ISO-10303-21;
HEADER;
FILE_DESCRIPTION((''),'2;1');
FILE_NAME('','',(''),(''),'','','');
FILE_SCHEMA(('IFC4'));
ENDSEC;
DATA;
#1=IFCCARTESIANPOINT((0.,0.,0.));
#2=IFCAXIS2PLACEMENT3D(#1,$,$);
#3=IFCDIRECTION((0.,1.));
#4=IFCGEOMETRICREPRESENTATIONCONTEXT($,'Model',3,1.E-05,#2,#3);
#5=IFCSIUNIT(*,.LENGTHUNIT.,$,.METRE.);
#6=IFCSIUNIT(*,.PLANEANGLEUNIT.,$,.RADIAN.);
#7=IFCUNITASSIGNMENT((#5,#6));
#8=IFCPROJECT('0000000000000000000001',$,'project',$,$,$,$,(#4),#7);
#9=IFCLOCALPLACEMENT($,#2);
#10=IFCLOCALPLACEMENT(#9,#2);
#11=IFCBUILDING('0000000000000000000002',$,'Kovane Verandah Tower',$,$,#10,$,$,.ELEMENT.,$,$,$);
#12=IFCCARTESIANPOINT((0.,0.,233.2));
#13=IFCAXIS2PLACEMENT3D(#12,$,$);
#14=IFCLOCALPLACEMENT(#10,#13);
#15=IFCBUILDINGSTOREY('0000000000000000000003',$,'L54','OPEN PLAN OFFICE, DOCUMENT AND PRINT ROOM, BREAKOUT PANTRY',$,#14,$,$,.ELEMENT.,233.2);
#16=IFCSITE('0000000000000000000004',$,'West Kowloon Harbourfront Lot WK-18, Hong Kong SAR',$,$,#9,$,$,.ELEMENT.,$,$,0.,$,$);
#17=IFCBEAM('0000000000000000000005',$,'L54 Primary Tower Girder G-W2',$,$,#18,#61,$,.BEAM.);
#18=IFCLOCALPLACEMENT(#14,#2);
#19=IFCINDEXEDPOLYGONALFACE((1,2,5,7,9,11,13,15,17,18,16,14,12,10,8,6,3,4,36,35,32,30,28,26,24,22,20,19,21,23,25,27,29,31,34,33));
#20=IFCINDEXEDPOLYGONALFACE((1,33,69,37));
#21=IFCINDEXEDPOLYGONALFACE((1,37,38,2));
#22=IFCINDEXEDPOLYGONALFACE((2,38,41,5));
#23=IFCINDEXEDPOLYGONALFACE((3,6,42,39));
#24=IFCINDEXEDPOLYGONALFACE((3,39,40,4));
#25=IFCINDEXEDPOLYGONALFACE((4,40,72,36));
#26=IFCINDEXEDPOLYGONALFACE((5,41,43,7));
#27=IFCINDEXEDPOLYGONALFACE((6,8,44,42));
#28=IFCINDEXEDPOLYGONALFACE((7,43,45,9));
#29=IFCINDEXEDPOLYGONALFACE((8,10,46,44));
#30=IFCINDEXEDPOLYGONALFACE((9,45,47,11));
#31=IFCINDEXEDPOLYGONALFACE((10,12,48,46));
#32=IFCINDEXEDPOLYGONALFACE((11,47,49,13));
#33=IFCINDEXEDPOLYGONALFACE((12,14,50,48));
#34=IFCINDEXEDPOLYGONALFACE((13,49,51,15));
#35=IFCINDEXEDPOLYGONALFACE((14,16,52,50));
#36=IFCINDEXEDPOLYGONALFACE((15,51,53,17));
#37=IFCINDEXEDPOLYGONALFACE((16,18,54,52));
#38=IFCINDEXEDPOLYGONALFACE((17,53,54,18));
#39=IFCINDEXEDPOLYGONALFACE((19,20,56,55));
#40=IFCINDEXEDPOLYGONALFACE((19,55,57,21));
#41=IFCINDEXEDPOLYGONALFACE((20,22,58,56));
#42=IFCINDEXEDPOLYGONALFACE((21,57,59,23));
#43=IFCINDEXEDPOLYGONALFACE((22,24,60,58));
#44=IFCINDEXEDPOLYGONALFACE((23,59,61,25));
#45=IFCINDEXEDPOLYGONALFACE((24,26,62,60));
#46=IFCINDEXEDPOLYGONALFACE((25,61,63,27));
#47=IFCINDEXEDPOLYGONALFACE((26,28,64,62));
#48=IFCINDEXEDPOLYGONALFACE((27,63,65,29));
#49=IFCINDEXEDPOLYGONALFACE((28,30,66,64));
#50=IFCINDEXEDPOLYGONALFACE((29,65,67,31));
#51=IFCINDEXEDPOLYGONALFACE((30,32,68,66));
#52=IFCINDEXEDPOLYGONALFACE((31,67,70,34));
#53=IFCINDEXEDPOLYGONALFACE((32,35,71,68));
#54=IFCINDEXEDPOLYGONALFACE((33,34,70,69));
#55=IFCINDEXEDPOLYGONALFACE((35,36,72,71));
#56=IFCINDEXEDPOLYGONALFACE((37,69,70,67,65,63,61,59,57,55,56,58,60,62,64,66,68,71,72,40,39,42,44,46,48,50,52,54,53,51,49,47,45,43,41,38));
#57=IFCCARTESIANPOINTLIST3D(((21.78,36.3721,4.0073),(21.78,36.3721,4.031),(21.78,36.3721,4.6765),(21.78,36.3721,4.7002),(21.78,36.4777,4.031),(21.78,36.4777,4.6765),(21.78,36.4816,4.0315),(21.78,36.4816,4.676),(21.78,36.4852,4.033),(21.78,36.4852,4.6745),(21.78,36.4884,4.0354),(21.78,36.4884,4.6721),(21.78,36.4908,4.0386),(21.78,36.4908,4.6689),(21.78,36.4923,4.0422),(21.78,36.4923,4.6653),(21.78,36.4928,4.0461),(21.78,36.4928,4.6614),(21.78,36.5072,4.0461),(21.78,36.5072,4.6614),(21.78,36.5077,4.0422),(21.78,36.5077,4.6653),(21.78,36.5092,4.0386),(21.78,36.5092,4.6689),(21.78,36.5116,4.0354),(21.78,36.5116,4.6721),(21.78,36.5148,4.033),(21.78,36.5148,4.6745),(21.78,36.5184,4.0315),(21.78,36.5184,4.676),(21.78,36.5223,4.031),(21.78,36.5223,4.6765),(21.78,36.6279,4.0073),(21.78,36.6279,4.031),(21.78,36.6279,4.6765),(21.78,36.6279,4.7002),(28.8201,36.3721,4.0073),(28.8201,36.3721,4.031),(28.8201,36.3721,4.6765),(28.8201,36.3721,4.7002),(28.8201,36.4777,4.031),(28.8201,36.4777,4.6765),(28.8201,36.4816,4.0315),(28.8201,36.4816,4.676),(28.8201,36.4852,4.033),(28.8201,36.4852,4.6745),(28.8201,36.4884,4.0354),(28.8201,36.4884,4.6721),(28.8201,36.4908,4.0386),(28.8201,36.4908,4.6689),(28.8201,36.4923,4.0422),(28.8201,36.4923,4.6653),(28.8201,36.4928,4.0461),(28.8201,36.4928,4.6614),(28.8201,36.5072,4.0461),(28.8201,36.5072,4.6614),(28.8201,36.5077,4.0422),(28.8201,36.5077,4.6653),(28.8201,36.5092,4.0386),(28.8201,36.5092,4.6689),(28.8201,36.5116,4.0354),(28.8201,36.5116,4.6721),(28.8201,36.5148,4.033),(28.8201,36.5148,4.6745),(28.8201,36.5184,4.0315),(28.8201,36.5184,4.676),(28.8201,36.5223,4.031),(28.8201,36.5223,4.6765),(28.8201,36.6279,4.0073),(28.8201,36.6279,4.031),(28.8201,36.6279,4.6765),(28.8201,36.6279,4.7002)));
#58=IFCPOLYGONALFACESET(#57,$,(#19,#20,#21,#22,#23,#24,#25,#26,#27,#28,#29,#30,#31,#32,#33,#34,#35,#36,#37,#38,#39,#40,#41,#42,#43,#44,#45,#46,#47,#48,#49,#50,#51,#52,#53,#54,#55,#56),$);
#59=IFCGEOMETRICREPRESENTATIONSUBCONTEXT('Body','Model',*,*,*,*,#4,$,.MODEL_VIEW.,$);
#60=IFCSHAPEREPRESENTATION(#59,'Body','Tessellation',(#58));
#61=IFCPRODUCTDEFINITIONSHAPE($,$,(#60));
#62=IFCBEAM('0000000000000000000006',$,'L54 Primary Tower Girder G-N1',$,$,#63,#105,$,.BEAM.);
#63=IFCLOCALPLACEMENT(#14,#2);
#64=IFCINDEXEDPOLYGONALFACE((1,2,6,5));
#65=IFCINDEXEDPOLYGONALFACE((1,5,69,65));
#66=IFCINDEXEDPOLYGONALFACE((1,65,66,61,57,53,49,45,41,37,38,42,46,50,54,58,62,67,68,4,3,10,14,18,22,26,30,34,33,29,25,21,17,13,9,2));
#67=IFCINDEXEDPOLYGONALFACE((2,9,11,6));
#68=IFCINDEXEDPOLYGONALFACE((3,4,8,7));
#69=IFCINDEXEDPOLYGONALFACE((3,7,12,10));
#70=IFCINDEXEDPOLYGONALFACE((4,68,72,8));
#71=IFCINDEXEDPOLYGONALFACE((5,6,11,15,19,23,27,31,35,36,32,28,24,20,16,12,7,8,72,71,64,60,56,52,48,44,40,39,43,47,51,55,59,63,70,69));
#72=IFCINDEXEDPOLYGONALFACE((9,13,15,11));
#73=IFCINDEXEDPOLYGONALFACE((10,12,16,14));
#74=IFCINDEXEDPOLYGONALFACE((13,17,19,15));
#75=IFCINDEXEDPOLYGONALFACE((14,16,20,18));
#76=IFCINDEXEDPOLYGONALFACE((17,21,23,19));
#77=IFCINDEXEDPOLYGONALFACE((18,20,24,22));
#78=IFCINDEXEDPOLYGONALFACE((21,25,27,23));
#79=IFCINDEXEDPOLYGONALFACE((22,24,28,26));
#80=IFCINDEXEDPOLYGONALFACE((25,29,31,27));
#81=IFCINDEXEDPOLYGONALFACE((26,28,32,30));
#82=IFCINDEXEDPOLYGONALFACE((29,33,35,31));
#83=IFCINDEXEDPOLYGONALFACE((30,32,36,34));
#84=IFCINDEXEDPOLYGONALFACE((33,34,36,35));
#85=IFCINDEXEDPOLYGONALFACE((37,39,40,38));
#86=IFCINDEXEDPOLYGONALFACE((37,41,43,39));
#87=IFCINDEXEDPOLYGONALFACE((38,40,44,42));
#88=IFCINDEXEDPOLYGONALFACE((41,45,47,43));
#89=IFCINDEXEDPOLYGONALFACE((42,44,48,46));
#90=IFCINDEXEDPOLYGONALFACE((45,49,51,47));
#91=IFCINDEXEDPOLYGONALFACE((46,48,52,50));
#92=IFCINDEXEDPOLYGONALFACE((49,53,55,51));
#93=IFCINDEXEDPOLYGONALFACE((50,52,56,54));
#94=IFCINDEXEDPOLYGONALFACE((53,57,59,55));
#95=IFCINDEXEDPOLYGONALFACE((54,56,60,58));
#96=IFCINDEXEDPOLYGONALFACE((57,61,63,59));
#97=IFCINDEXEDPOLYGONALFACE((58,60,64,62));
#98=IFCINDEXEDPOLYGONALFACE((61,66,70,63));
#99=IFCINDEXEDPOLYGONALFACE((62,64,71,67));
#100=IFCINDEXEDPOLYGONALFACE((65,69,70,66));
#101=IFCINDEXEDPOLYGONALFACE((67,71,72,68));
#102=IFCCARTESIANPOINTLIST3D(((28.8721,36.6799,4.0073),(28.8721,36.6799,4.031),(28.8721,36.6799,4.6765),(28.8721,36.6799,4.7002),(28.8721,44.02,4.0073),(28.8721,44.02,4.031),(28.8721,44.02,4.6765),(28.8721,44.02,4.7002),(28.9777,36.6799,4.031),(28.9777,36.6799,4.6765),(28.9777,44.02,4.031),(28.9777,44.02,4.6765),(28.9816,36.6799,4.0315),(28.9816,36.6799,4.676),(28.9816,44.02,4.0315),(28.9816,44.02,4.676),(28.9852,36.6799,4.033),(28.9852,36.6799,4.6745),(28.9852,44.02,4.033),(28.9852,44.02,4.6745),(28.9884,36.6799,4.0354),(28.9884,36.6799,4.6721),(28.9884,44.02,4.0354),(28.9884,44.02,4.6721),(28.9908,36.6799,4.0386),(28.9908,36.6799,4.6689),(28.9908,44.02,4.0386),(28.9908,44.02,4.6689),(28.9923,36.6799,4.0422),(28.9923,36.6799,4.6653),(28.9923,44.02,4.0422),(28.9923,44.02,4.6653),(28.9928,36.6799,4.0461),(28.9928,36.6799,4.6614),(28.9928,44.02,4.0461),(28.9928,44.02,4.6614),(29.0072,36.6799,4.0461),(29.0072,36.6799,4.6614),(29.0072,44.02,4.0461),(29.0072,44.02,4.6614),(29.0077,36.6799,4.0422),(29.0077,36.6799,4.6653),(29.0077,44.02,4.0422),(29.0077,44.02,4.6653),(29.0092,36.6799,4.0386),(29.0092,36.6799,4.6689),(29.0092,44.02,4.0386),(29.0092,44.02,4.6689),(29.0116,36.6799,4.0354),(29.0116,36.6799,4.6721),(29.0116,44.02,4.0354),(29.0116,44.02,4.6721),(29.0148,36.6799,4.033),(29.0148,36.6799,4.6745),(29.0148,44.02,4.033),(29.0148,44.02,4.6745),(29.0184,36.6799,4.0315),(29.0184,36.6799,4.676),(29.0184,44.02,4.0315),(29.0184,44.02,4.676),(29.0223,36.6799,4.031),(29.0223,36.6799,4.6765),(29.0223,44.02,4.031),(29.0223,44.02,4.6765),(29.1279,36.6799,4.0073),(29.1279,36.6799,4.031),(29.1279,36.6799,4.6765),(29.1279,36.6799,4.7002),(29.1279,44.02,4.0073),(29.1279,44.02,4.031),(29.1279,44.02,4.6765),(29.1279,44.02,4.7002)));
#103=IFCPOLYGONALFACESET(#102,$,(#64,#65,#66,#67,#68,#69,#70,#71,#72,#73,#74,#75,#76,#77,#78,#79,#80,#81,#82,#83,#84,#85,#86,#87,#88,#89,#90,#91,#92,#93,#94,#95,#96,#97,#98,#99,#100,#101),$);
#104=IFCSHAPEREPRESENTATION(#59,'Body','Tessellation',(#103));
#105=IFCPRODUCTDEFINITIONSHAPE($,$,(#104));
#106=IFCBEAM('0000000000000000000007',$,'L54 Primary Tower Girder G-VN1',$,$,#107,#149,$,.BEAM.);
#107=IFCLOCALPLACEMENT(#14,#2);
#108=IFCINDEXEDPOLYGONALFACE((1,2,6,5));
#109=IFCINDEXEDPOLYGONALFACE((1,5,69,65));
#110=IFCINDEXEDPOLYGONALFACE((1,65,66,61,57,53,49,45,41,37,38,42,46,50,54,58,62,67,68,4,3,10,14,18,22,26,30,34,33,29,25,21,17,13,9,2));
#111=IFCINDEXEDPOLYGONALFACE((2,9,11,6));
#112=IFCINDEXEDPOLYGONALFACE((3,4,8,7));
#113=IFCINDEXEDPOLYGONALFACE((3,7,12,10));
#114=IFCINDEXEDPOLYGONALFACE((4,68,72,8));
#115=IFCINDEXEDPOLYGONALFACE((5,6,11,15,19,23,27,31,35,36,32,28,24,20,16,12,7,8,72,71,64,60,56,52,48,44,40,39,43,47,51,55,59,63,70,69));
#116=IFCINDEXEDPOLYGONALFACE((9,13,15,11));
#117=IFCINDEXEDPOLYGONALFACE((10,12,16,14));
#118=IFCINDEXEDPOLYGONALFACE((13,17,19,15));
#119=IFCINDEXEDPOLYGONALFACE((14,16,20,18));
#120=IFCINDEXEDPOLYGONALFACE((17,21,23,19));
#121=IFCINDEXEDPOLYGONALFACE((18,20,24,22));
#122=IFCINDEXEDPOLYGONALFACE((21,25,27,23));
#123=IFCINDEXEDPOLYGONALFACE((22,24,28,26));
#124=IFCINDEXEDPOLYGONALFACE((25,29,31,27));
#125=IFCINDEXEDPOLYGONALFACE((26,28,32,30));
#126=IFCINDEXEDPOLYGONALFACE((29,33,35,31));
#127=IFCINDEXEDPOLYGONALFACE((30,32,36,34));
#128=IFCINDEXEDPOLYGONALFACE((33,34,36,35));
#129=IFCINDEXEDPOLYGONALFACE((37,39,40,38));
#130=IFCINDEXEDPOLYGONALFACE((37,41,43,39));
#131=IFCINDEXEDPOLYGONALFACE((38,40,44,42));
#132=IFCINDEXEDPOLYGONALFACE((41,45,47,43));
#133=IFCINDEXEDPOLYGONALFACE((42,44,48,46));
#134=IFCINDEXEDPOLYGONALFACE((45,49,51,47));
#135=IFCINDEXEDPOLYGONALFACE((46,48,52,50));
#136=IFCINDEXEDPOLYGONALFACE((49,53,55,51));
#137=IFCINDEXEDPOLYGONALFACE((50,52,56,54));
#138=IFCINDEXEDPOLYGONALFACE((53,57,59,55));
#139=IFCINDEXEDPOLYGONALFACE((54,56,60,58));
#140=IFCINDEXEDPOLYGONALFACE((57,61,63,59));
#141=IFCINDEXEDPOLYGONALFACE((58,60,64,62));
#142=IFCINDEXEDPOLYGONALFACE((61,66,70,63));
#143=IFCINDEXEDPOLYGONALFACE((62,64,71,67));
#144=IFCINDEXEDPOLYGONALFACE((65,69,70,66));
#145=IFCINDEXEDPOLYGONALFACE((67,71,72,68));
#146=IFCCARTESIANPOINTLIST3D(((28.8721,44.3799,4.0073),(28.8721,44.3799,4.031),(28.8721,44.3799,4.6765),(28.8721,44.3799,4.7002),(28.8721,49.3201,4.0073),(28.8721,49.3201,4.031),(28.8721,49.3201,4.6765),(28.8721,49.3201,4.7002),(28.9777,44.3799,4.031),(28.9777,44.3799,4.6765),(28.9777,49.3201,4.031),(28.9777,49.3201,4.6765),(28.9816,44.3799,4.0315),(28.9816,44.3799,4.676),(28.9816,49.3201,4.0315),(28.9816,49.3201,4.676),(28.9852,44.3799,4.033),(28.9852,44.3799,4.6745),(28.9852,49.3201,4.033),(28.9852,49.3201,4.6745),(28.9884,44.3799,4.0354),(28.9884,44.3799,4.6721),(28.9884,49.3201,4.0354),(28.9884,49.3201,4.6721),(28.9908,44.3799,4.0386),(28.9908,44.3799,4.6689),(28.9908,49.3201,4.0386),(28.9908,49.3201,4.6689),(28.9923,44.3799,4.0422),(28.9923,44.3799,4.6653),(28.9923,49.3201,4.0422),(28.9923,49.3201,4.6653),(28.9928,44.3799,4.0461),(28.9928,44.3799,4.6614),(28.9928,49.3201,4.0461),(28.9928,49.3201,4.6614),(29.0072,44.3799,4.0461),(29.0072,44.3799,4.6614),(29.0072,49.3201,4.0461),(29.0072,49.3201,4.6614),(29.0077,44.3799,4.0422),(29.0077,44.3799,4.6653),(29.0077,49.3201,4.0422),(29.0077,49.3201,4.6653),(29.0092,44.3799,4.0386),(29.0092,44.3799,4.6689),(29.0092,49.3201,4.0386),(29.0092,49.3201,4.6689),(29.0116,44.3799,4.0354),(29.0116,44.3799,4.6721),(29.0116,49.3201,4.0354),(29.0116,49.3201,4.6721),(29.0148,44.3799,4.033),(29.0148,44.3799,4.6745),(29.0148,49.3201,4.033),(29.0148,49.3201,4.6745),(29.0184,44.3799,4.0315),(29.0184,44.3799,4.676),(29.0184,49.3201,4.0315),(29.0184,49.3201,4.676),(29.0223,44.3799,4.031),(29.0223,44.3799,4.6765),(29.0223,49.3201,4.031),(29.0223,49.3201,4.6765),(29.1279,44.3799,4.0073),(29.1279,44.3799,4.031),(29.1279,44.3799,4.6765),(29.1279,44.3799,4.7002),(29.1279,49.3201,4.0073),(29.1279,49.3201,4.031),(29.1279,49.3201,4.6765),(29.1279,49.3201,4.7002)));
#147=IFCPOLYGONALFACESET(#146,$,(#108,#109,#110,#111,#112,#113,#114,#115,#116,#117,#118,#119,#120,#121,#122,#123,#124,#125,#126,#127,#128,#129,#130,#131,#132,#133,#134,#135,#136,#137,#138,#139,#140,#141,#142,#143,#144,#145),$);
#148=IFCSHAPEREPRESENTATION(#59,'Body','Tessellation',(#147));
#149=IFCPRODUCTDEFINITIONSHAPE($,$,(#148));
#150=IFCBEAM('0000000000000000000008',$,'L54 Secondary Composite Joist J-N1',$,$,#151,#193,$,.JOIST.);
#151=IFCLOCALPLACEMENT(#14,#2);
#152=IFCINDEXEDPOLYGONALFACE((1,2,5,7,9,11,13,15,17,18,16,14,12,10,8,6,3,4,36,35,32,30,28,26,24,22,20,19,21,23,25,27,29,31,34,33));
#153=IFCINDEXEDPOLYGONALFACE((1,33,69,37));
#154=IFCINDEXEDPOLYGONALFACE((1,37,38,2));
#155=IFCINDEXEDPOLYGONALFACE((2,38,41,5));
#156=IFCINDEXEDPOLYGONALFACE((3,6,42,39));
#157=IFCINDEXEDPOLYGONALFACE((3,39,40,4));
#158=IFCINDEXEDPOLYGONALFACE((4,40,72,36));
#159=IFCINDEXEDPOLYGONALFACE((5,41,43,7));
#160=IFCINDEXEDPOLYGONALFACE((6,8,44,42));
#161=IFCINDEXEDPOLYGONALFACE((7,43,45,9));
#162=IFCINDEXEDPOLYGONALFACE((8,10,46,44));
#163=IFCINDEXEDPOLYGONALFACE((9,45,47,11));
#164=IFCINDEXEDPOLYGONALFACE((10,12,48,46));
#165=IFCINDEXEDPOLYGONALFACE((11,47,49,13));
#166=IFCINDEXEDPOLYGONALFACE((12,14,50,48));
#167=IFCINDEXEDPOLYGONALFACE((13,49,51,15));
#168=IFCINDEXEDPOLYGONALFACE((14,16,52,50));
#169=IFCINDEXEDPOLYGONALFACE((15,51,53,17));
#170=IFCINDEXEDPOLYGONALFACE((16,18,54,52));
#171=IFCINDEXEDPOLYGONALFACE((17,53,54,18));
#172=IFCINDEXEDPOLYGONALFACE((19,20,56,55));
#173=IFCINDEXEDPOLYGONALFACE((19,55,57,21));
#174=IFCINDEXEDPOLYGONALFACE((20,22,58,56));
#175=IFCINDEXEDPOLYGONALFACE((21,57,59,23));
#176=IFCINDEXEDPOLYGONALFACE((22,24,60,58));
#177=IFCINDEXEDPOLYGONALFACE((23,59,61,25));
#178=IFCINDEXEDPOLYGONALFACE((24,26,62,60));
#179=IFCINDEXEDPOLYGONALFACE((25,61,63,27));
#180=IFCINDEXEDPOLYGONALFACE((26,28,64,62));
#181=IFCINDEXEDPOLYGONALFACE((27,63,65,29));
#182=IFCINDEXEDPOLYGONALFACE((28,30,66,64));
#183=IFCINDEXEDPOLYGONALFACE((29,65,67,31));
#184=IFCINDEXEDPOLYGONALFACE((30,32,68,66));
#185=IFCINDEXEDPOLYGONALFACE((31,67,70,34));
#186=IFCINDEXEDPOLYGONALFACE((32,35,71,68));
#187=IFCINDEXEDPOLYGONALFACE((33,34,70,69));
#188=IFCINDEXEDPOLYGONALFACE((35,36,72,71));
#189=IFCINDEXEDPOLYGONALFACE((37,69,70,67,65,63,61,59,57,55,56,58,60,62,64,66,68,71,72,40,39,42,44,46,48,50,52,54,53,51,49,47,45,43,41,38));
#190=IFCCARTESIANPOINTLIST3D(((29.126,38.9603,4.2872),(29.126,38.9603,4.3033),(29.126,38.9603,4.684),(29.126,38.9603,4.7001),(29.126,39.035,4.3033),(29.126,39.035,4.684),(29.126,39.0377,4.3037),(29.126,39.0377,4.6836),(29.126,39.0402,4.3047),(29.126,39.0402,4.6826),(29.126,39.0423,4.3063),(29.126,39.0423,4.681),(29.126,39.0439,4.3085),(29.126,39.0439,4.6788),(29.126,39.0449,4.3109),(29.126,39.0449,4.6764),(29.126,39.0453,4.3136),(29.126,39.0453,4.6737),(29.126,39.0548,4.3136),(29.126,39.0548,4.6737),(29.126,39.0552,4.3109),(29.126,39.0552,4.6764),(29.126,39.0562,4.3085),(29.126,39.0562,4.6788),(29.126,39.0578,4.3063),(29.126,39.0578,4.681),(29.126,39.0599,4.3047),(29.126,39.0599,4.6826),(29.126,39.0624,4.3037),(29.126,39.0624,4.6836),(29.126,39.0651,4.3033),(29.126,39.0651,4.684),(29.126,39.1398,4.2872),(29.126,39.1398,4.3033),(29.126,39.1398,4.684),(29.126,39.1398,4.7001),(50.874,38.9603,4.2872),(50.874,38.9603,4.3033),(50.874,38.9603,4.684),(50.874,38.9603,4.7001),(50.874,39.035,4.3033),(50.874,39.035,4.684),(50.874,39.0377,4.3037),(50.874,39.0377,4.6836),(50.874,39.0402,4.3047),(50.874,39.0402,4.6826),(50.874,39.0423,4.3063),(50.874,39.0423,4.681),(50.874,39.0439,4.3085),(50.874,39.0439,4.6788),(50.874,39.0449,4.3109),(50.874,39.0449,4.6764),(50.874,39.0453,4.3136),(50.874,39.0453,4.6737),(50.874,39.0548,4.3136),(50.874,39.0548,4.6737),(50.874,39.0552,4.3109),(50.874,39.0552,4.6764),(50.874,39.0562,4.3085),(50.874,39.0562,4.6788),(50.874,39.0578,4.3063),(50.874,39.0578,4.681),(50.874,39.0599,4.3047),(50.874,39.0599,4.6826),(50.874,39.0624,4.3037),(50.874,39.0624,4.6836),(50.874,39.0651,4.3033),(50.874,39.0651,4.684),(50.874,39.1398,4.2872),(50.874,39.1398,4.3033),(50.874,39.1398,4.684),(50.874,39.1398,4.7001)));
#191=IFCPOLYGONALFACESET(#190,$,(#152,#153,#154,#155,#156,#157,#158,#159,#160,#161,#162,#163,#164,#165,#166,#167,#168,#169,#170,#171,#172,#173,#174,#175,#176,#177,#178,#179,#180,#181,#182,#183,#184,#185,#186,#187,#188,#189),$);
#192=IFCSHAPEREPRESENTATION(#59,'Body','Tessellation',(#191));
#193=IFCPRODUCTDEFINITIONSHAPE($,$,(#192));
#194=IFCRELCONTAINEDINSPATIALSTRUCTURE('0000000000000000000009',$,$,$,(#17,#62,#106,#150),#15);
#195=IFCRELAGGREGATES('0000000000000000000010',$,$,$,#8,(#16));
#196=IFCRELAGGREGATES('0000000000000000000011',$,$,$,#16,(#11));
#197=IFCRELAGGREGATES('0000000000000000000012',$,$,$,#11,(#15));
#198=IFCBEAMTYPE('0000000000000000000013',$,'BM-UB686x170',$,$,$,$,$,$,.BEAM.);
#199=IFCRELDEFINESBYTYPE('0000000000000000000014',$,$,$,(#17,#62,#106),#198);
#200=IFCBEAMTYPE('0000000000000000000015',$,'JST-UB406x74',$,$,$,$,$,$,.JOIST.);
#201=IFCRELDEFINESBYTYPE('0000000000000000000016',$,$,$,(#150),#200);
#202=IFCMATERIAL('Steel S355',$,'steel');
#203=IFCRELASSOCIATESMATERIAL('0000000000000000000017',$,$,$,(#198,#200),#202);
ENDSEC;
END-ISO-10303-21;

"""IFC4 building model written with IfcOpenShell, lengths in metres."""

from ifc_helpers import new_model, si_unit, direction, frame, origin, origin_2d, place, context, subcontext, project, spatial, i_section, extrude, material, material_profile, profile_set, type_object, element, save


model = new_model("IFC4")

# Units and contexts
model_context = context("Model", 3, precision=1e-05, world=origin(), true_north=direction((0.0, 1.0)))
body_context = subcontext(model_context, "Body", "Model", "MODEL_VIEW")
ifc_project = project(units=[si_unit("LENGTHUNIT", "METRE"), si_unit("PLANEANGLEUNIT", "RADIAN")], contexts=[model_context])

# Site, building, storey
site_placement = place(None, origin())
site = spatial("IfcSite", under=ifc_project, at=site_placement, Name="West Kowloon Harbourfront Lot WK-18, Hong Kong SAR", CompositionType="ELEMENT", RefElevation=0.0)
building_placement = place(site_placement, origin())
building = spatial("IfcBuilding", under=site, at=building_placement, Name="Kovane Verandah Tower", CompositionType="ELEMENT")
storey_placement = place(building_placement, frame((0.0, 0.0, 233.2)))
storey = spatial("IfcBuildingStorey", under=building, at=storey_placement, Name="L54", Description="OPEN PLAN OFFICE, DOCUMENT AND PRINT ROOM, BREAKOUT PANTRY", CompositionType="ELEMENT", Elevation=233.2)

# Beams
ifc_material_1 = material(Name="Steel S355", Category="steel")
ifc_material_profile_1 = material_profile(ifc_material_1, i_section(OverallWidth=0.2559, OverallDepth=0.6929, WebThickness=0.0144, FlangeThickness=0.0237, FilletRadius=0.0151, at=origin_2d()), Name="UB686x254x170")
ifc_profile_set_1 = profile_set([ifc_material_profile_1], Name="Steel S355")
beam_type_1 = type_object("IfcBeamType", Name="BM-UB686x170", PredefinedType="BEAM", material=ifc_profile_set_1)
for number, where, z_axis, x_axis, name in (
    (1, (28.8201, 36.5, 4.3538), (-1.0, 0.0, 0.0), (0.0, -1.0, 0.0), "L54 Primary Tower Girder G-W2"),
):
    element("IfcBeam", number, at=place(storey_placement, frame(where, z_axis=z_axis, x_axis=x_axis)), inside=storey, type_object=beam_type_1, Name=name, PredefinedType="BEAM", context=body_context, shape_type="SweptSolid", body=[
        extrude(i_section(OverallWidth=0.2559, OverallDepth=0.6929, WebThickness=0.0144, FlangeThickness=0.0237, FilletRadius=0.0151, at=origin_2d()), origin(), (0.0, 0.0, 1.0), 7.04),
    ])
beam_1_placement = place(storey_placement, frame((29.0, 36.6799, 4.3538), z_axis=(0.0, 1.0, 0.0), x_axis=(-1.0, 0.0, 0.0)))
element("IfcBeam", 2, at=beam_1_placement, inside=storey, type_object=beam_type_1, Name="L54 Primary Tower Girder G-N1", PredefinedType="BEAM", context=body_context, shape_type="SweptSolid", body=[
    extrude(i_section(OverallWidth=0.2559, OverallDepth=0.6929, WebThickness=0.0144, FlangeThickness=0.0237, FilletRadius=0.0151, at=origin_2d()), origin(), (0.0, 0.0, 1.0), 7.3401),
])
beam_2_placement = place(storey_placement, frame((29.0, 44.3799, 4.3538), z_axis=(0.0, 1.0, 0.0), x_axis=(-1.0, 0.0, 0.0)))
element("IfcBeam", 3, at=beam_2_placement, inside=storey, type_object=beam_type_1, Name="L54 Primary Tower Girder G-VN1", PredefinedType="BEAM", context=body_context, shape_type="SweptSolid", body=[
    extrude(i_section(OverallWidth=0.2559, OverallDepth=0.6929, WebThickness=0.0144, FlangeThickness=0.0237, FilletRadius=0.0151, at=origin_2d()), origin(), (0.0, 0.0, 1.0), 4.9402),
])
ifc_material_profile_2 = material_profile(ifc_material_1, i_section(OverallWidth=0.1794, OverallDepth=0.4128, WebThickness=0.0095, FlangeThickness=0.0161, FilletRadius=0.0103, at=origin_2d()), Name="UB406x178x74")
ifc_profile_set_2 = profile_set([ifc_material_profile_2], Name="Steel S355")
beam_type_2 = type_object("IfcBeamType", Name="JST-UB406x74", PredefinedType="JOIST", material=ifc_profile_set_2)
for number, where, z_axis, x_axis, name in (
    (4, (29.126, 39.05, 4.4937), (1.0, 0.0, 0.0), (0.0, 1.0, 0.0), "L54 Secondary Composite Joist J-N1"),
):
    element("IfcBeam", number, at=place(storey_placement, frame(where, z_axis=z_axis, x_axis=x_axis)), inside=storey, type_object=beam_type_2, Name=name, PredefinedType="JOIST", context=body_context, shape_type="SweptSolid", body=[
        extrude(i_section(OverallWidth=0.1794, OverallDepth=0.4128, WebThickness=0.0095, FlangeThickness=0.0161, FilletRadius=0.0103, at=origin_2d()), origin(), (0.0, 0.0, 1.0), 21.748),
    ])

save(model, "model.ifc")
